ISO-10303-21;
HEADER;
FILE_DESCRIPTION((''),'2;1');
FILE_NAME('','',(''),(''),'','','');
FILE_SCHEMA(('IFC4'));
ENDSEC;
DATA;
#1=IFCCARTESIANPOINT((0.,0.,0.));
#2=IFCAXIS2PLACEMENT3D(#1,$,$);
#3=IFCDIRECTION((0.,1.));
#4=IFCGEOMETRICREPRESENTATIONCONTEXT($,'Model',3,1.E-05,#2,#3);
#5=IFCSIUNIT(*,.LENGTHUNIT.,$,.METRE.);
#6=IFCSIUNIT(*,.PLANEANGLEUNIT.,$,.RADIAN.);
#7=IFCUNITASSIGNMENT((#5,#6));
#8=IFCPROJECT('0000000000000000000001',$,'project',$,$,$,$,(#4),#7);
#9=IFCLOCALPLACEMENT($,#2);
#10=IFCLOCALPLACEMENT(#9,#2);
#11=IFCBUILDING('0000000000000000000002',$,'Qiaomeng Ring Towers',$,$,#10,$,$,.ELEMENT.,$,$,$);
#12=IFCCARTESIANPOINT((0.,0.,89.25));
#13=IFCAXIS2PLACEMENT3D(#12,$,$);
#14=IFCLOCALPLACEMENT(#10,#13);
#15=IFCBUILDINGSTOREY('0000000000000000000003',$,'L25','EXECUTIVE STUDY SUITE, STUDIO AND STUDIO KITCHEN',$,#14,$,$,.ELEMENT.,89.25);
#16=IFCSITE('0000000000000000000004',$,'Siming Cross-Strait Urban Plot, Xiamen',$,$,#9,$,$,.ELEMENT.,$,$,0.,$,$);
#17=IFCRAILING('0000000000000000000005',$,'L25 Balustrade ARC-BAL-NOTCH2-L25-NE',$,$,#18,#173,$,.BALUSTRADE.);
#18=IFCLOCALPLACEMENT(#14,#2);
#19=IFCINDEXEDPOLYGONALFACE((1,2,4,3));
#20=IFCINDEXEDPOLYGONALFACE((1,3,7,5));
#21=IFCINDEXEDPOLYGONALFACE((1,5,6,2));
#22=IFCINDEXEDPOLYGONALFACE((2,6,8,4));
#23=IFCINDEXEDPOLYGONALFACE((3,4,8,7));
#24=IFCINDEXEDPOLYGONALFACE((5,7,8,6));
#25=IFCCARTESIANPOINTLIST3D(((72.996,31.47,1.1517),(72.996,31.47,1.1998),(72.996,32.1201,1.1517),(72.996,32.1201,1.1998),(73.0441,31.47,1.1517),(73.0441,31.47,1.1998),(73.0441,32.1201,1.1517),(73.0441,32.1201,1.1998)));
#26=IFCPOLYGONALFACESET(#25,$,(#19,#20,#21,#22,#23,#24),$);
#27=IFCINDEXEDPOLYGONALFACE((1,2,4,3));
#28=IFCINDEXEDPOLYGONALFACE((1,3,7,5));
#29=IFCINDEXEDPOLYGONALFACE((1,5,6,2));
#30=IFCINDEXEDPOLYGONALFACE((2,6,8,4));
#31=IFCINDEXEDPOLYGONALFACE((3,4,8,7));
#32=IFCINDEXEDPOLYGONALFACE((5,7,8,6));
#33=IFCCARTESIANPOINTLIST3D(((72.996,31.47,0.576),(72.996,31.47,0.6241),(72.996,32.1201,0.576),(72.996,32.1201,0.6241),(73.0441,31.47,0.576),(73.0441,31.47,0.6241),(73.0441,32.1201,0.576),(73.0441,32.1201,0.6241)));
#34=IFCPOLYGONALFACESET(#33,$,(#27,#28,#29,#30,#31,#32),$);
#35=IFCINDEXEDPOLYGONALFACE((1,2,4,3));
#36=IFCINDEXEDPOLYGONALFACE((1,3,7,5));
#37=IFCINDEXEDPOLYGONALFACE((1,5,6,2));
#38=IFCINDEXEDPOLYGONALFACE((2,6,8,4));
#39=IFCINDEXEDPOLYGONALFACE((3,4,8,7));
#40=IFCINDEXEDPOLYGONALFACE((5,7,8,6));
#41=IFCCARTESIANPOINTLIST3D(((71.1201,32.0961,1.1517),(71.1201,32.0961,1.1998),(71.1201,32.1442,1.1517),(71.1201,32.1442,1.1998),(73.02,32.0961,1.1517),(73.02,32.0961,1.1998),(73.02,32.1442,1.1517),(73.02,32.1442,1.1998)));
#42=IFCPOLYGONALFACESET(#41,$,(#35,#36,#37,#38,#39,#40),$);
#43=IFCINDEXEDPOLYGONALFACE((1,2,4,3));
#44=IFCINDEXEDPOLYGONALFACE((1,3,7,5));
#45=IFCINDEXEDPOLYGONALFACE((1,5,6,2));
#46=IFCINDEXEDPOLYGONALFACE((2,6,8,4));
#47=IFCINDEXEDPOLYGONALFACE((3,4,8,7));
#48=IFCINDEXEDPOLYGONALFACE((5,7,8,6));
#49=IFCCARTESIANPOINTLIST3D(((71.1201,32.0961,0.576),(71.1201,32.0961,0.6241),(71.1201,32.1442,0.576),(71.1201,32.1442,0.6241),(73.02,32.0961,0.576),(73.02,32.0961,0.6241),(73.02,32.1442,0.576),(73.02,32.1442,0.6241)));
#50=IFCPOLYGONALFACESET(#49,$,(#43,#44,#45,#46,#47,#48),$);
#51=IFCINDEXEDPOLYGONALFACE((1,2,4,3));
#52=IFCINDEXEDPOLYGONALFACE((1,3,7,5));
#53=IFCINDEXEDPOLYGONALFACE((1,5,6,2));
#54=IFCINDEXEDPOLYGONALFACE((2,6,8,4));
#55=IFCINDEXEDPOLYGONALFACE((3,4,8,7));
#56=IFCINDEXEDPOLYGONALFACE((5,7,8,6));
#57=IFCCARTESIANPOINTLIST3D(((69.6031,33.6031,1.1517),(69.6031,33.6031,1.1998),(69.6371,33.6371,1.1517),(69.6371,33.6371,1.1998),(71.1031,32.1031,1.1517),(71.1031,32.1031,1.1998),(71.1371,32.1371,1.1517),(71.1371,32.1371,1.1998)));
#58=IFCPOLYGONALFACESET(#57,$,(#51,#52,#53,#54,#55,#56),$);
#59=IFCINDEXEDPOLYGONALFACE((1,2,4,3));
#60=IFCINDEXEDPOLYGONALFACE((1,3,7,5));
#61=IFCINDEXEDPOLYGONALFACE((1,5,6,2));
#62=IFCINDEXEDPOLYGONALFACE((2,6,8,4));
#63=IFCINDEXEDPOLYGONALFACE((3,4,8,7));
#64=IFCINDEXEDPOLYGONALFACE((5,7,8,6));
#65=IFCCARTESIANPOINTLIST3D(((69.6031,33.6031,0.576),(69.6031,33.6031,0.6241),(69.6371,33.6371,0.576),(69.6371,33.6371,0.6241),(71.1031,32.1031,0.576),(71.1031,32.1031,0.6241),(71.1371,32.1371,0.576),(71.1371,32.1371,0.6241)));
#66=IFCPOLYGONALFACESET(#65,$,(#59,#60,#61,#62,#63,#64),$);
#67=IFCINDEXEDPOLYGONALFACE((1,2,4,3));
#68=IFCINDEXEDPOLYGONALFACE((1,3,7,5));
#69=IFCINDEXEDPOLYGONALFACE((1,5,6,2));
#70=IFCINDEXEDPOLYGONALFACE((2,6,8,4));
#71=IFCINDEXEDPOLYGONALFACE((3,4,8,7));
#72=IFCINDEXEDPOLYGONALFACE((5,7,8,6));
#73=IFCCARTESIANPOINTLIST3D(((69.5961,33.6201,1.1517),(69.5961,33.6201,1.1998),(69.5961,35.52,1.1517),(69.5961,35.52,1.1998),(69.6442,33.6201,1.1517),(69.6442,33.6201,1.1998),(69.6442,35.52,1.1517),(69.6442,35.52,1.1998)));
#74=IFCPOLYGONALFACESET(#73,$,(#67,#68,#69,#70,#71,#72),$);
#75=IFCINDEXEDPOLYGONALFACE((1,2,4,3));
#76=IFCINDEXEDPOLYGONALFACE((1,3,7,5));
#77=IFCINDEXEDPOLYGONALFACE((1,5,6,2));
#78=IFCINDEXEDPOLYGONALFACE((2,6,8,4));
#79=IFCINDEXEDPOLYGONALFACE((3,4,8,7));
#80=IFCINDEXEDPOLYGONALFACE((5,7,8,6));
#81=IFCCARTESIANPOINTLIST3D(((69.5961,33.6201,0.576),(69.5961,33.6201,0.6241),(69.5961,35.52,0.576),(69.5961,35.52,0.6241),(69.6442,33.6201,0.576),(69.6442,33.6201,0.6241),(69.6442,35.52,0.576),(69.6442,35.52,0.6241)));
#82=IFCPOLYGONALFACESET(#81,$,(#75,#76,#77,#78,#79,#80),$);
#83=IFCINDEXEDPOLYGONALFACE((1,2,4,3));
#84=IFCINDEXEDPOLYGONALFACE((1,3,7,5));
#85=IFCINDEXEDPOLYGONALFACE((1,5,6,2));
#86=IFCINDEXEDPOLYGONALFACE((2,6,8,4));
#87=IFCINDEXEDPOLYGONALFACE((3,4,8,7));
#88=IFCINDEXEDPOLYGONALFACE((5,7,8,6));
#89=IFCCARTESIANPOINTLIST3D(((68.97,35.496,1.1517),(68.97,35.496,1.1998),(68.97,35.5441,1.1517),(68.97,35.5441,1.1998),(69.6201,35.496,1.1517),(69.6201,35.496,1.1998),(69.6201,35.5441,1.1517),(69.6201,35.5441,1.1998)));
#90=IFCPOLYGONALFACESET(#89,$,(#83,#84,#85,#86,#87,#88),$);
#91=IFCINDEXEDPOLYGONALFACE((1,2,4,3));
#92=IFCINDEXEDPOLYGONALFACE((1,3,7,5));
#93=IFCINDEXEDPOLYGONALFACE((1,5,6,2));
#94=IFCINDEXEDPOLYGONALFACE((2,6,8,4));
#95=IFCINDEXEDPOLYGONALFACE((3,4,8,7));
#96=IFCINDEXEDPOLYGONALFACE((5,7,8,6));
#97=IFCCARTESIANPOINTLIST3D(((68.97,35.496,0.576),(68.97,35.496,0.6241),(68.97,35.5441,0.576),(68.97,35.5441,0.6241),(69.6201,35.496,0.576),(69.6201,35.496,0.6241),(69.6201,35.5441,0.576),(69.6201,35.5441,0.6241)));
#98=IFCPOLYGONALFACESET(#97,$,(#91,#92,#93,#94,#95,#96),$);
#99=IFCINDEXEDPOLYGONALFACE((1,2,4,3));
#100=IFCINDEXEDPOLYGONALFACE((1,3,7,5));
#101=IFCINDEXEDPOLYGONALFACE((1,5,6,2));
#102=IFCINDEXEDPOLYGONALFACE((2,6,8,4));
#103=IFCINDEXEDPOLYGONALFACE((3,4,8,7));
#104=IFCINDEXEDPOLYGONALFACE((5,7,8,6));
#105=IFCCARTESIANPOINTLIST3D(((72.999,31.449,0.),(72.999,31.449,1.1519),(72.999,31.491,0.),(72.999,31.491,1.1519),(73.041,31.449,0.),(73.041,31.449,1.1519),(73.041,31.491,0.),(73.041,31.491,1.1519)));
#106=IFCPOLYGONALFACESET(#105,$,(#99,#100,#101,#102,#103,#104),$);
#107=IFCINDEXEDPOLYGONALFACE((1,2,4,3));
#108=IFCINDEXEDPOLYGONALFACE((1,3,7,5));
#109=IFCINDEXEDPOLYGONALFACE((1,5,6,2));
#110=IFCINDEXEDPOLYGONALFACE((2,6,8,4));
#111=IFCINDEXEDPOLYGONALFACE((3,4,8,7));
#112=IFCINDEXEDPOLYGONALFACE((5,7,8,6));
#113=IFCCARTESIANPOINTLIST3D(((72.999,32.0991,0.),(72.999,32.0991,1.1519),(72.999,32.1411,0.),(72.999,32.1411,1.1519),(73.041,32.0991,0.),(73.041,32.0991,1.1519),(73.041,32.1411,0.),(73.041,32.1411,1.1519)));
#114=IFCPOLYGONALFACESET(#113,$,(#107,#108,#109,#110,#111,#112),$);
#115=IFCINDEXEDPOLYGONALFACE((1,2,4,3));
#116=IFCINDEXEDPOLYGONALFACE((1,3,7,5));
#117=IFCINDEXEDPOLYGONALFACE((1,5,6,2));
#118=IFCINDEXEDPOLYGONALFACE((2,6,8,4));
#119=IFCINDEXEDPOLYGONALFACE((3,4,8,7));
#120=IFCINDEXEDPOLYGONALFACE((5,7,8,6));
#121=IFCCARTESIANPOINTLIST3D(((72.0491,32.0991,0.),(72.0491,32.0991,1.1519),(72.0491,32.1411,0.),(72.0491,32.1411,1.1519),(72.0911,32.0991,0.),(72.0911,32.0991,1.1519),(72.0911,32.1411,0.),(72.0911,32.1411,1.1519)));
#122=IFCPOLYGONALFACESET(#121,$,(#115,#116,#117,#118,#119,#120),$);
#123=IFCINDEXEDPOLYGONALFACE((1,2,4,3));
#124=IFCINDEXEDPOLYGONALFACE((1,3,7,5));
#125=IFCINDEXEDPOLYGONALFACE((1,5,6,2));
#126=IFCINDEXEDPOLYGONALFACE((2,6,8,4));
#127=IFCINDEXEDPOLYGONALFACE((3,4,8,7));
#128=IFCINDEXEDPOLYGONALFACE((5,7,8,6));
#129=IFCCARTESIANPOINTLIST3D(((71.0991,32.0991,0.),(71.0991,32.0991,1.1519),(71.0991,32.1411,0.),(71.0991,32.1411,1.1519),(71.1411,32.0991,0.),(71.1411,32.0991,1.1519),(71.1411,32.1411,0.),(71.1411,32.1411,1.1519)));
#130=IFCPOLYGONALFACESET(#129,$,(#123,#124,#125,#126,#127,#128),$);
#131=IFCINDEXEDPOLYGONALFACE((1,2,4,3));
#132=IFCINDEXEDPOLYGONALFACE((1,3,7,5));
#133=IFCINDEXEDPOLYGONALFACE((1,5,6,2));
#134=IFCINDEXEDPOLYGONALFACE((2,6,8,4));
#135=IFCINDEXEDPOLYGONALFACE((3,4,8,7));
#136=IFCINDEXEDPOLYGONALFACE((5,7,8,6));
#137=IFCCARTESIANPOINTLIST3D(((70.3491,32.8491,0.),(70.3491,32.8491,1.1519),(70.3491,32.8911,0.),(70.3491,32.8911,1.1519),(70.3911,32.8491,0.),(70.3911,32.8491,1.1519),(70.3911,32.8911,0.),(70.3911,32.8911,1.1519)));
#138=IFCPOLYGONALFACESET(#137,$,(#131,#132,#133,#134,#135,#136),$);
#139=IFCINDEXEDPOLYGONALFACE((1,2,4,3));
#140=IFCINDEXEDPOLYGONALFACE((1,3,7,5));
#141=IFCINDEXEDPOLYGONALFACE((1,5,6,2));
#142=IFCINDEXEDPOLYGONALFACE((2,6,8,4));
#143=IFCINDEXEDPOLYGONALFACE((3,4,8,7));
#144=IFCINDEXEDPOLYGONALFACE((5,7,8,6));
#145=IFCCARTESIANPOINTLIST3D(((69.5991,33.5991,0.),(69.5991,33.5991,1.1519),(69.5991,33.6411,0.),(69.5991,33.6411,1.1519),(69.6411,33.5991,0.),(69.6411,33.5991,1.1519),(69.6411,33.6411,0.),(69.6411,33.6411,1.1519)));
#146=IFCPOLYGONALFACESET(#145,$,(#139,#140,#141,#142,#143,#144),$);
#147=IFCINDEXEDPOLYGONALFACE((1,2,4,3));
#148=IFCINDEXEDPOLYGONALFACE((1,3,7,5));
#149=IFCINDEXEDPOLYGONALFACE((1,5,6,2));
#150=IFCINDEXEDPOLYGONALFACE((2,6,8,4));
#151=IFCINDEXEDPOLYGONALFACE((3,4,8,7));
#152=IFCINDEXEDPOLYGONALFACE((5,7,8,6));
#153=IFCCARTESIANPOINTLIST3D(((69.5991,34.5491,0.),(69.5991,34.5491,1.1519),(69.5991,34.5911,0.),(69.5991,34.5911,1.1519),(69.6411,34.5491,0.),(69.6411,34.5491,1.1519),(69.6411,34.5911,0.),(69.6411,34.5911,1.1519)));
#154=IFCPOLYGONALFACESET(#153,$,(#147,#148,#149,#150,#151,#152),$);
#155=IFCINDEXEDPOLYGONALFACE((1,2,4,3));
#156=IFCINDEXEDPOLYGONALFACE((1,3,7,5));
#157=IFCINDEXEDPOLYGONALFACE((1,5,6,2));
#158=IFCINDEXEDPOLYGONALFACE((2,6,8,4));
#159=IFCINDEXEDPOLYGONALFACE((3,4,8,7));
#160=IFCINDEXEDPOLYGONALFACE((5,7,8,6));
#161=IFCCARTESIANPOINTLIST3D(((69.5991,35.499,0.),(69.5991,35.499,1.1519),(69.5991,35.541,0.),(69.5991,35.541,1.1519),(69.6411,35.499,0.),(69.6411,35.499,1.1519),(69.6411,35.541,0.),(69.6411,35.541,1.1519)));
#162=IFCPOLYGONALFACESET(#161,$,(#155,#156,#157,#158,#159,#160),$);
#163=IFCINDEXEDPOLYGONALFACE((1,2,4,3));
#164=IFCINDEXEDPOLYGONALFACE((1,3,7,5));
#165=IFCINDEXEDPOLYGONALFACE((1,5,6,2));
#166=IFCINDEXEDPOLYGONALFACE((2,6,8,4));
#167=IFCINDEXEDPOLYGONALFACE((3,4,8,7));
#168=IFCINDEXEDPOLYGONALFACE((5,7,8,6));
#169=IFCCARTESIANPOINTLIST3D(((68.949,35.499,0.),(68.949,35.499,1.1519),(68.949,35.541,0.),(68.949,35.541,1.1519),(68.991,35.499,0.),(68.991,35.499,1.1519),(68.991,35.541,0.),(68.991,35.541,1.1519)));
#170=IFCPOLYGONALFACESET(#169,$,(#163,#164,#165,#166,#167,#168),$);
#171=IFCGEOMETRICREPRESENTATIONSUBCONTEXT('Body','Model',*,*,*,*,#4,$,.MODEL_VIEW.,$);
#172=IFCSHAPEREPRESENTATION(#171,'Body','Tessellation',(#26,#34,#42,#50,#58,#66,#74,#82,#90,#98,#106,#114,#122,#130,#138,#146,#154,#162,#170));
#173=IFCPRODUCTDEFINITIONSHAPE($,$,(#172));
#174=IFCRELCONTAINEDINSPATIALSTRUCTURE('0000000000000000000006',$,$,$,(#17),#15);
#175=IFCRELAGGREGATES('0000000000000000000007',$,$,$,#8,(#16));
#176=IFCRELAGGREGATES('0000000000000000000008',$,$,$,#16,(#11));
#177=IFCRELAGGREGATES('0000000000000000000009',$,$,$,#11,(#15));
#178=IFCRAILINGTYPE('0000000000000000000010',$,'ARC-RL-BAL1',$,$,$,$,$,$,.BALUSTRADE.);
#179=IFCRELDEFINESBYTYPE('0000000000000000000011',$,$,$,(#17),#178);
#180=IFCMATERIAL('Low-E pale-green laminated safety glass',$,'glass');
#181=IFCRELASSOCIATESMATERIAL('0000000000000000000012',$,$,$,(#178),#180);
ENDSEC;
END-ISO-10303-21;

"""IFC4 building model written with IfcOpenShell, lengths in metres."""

from ifc_helpers import new_model, si_unit, direction, frame, origin, origin_2d, place, context, subcontext, project, spatial, rectangle, extrude, material, type_object, element, save


model = new_model("IFC4")

# Units and contexts
model_context = context("Model", 3, precision=1e-05, world=origin(), true_north=direction((0.0, 1.0)))
body_context = subcontext(model_context, "Body", "Model", "MODEL_VIEW")
ifc_project = project(units=[si_unit("LENGTHUNIT", "METRE"), si_unit("PLANEANGLEUNIT", "RADIAN")], contexts=[model_context])

# Site, building, storey
site_placement = place(None, origin())
site = spatial("IfcSite", under=ifc_project, at=site_placement, Name="Siming Cross-Strait Urban Plot, Xiamen", CompositionType="ELEMENT", RefElevation=0.0)
building_placement = place(site_placement, origin())
building = spatial("IfcBuilding", under=site, at=building_placement, Name="Qiaomeng Ring Towers", CompositionType="ELEMENT")
storey_placement = place(building_placement, frame((0.0, 0.0, 89.25)))
storey = spatial("IfcBuildingStorey", under=building, at=storey_placement, Name="L25", Description="EXECUTIVE STUDY SUITE, STUDIO AND STUDIO KITCHEN", CompositionType="ELEMENT", Elevation=89.25)

# Railing
ifc_material_1 = material(Name="Low-E pale-green laminated safety glass", Category="glass")
railing_type = type_object("IfcRailingType", Name="ARC-RL-BAL1", PredefinedType="BALUSTRADE", material=ifc_material_1)
railing_1_placement = place(storey_placement, frame((73.02, 31.47, 0.0)))
element("IfcRailing", 1, at=railing_1_placement, inside=storey, type_object=railing_type, Name="L25 Balustrade ARC-BAL-NOTCH2-L25-NE", PredefinedType="BALUSTRADE", context=body_context, shape_type="SweptSolid", body=[
    extrude(rectangle(XDim=0.0481, YDim=0.0481, at=origin_2d()), frame((0.0, 0.0, 1.1758), z_axis=(0.0, 1.0, 0.0), x_axis=(-1.0, 0.0, 0.0)), (0.0, 0.0, 1.0), 0.6501),
    extrude(rectangle(XDim=0.0481, YDim=0.0481, at=origin_2d()), frame((0.0, 0.0, 0.6001), z_axis=(0.0, 1.0, 0.0), x_axis=(-1.0, 0.0, 0.0)), (0.0, 0.0, 1.0), 0.6501),
    extrude(rectangle(XDim=0.0481, YDim=0.0481, at=origin_2d()), frame((0.0, 0.6501, 1.1758), z_axis=(-1.0, 0.0, 0.0), x_axis=(0.0, -1.0, 0.0)), (0.0, 0.0, 1.0), 1.8999),
    extrude(rectangle(XDim=0.0481, YDim=0.0481, at=origin_2d()), frame((0.0, 0.6501, 0.6001), z_axis=(-1.0, 0.0, 0.0), x_axis=(0.0, -1.0, 0.0)), (0.0, 0.0, 1.0), 1.8999),
    extrude(rectangle(XDim=0.0481, YDim=0.0481, at=origin_2d()), frame((-1.8999, 0.6501, 1.1758), z_axis=(-0.707107, 0.707107, 0.0), x_axis=(-0.707107, -0.707107, 0.0)), (0.0, 0.0, 1.0), 2.1213),
    extrude(rectangle(XDim=0.0481, YDim=0.0481, at=origin_2d()), frame((-1.8999, 0.6501, 0.6001), z_axis=(-0.707107, 0.707107, 0.0), x_axis=(-0.707107, -0.707107, 0.0)), (0.0, 0.0, 1.0), 2.1213),
    extrude(rectangle(XDim=0.0481, YDim=0.0481, at=origin_2d()), frame((-3.3999, 2.1501, 1.1758), z_axis=(0.0, 1.0, 0.0), x_axis=(-1.0, 0.0, 0.0)), (0.0, 0.0, 1.0), 1.8999),
    extrude(rectangle(XDim=0.0481, YDim=0.0481, at=origin_2d()), frame((-3.3999, 2.1501, 0.6001), z_axis=(0.0, 1.0, 0.0), x_axis=(-1.0, 0.0, 0.0)), (0.0, 0.0, 1.0), 1.8999),
    extrude(rectangle(XDim=0.0481, YDim=0.0481, at=origin_2d()), frame((-3.3999, 4.05, 1.1758), z_axis=(-1.0, 0.0, 0.0), x_axis=(0.0, -1.0, 0.0)), (0.0, 0.0, 1.0), 0.6501),
    extrude(rectangle(XDim=0.0481, YDim=0.0481, at=origin_2d()), frame((-3.3999, 4.05, 0.6001), z_axis=(-1.0, 0.0, 0.0), x_axis=(0.0, -1.0, 0.0)), (0.0, 0.0, 1.0), 0.6501),
    extrude(rectangle(XDim=0.042, YDim=0.042, at=origin_2d()), origin(), (0.0, 0.0, 1.0), 1.1519),
    extrude(rectangle(XDim=0.042, YDim=0.042, at=origin_2d()), frame((0.0, 0.6501, 0.0)), (0.0, 0.0, 1.0), 1.1519),
    extrude(rectangle(XDim=0.042, YDim=0.042, at=origin_2d()), frame((-0.95, 0.6501, 0.0)), (0.0, 0.0, 1.0), 1.1519),
    extrude(rectangle(XDim=0.042, YDim=0.042, at=origin_2d()), frame((-1.8999, 0.6501, 0.0)), (0.0, 0.0, 1.0), 1.1519),
    extrude(rectangle(XDim=0.042, YDim=0.042, at=origin_2d()), frame((-2.6499, 1.4001, 0.0)), (0.0, 0.0, 1.0), 1.1519),
    extrude(rectangle(XDim=0.042, YDim=0.042, at=origin_2d()), frame((-3.3999, 2.1501, 0.0)), (0.0, 0.0, 1.0), 1.1519),
    extrude(rectangle(XDim=0.042, YDim=0.042, at=origin_2d()), frame((-3.3999, 3.1001, 0.0)), (0.0, 0.0, 1.0), 1.1519),
    extrude(rectangle(XDim=0.042, YDim=0.042, at=origin_2d()), frame((-3.3999, 4.05, 0.0)), (0.0, 0.0, 1.0), 1.1519),
    extrude(rectangle(XDim=0.042, YDim=0.042, at=origin_2d()), frame((-4.05, 4.05, 0.0)), (0.0, 0.0, 1.0), 1.1519),
])

save(model, "model.ifc")
